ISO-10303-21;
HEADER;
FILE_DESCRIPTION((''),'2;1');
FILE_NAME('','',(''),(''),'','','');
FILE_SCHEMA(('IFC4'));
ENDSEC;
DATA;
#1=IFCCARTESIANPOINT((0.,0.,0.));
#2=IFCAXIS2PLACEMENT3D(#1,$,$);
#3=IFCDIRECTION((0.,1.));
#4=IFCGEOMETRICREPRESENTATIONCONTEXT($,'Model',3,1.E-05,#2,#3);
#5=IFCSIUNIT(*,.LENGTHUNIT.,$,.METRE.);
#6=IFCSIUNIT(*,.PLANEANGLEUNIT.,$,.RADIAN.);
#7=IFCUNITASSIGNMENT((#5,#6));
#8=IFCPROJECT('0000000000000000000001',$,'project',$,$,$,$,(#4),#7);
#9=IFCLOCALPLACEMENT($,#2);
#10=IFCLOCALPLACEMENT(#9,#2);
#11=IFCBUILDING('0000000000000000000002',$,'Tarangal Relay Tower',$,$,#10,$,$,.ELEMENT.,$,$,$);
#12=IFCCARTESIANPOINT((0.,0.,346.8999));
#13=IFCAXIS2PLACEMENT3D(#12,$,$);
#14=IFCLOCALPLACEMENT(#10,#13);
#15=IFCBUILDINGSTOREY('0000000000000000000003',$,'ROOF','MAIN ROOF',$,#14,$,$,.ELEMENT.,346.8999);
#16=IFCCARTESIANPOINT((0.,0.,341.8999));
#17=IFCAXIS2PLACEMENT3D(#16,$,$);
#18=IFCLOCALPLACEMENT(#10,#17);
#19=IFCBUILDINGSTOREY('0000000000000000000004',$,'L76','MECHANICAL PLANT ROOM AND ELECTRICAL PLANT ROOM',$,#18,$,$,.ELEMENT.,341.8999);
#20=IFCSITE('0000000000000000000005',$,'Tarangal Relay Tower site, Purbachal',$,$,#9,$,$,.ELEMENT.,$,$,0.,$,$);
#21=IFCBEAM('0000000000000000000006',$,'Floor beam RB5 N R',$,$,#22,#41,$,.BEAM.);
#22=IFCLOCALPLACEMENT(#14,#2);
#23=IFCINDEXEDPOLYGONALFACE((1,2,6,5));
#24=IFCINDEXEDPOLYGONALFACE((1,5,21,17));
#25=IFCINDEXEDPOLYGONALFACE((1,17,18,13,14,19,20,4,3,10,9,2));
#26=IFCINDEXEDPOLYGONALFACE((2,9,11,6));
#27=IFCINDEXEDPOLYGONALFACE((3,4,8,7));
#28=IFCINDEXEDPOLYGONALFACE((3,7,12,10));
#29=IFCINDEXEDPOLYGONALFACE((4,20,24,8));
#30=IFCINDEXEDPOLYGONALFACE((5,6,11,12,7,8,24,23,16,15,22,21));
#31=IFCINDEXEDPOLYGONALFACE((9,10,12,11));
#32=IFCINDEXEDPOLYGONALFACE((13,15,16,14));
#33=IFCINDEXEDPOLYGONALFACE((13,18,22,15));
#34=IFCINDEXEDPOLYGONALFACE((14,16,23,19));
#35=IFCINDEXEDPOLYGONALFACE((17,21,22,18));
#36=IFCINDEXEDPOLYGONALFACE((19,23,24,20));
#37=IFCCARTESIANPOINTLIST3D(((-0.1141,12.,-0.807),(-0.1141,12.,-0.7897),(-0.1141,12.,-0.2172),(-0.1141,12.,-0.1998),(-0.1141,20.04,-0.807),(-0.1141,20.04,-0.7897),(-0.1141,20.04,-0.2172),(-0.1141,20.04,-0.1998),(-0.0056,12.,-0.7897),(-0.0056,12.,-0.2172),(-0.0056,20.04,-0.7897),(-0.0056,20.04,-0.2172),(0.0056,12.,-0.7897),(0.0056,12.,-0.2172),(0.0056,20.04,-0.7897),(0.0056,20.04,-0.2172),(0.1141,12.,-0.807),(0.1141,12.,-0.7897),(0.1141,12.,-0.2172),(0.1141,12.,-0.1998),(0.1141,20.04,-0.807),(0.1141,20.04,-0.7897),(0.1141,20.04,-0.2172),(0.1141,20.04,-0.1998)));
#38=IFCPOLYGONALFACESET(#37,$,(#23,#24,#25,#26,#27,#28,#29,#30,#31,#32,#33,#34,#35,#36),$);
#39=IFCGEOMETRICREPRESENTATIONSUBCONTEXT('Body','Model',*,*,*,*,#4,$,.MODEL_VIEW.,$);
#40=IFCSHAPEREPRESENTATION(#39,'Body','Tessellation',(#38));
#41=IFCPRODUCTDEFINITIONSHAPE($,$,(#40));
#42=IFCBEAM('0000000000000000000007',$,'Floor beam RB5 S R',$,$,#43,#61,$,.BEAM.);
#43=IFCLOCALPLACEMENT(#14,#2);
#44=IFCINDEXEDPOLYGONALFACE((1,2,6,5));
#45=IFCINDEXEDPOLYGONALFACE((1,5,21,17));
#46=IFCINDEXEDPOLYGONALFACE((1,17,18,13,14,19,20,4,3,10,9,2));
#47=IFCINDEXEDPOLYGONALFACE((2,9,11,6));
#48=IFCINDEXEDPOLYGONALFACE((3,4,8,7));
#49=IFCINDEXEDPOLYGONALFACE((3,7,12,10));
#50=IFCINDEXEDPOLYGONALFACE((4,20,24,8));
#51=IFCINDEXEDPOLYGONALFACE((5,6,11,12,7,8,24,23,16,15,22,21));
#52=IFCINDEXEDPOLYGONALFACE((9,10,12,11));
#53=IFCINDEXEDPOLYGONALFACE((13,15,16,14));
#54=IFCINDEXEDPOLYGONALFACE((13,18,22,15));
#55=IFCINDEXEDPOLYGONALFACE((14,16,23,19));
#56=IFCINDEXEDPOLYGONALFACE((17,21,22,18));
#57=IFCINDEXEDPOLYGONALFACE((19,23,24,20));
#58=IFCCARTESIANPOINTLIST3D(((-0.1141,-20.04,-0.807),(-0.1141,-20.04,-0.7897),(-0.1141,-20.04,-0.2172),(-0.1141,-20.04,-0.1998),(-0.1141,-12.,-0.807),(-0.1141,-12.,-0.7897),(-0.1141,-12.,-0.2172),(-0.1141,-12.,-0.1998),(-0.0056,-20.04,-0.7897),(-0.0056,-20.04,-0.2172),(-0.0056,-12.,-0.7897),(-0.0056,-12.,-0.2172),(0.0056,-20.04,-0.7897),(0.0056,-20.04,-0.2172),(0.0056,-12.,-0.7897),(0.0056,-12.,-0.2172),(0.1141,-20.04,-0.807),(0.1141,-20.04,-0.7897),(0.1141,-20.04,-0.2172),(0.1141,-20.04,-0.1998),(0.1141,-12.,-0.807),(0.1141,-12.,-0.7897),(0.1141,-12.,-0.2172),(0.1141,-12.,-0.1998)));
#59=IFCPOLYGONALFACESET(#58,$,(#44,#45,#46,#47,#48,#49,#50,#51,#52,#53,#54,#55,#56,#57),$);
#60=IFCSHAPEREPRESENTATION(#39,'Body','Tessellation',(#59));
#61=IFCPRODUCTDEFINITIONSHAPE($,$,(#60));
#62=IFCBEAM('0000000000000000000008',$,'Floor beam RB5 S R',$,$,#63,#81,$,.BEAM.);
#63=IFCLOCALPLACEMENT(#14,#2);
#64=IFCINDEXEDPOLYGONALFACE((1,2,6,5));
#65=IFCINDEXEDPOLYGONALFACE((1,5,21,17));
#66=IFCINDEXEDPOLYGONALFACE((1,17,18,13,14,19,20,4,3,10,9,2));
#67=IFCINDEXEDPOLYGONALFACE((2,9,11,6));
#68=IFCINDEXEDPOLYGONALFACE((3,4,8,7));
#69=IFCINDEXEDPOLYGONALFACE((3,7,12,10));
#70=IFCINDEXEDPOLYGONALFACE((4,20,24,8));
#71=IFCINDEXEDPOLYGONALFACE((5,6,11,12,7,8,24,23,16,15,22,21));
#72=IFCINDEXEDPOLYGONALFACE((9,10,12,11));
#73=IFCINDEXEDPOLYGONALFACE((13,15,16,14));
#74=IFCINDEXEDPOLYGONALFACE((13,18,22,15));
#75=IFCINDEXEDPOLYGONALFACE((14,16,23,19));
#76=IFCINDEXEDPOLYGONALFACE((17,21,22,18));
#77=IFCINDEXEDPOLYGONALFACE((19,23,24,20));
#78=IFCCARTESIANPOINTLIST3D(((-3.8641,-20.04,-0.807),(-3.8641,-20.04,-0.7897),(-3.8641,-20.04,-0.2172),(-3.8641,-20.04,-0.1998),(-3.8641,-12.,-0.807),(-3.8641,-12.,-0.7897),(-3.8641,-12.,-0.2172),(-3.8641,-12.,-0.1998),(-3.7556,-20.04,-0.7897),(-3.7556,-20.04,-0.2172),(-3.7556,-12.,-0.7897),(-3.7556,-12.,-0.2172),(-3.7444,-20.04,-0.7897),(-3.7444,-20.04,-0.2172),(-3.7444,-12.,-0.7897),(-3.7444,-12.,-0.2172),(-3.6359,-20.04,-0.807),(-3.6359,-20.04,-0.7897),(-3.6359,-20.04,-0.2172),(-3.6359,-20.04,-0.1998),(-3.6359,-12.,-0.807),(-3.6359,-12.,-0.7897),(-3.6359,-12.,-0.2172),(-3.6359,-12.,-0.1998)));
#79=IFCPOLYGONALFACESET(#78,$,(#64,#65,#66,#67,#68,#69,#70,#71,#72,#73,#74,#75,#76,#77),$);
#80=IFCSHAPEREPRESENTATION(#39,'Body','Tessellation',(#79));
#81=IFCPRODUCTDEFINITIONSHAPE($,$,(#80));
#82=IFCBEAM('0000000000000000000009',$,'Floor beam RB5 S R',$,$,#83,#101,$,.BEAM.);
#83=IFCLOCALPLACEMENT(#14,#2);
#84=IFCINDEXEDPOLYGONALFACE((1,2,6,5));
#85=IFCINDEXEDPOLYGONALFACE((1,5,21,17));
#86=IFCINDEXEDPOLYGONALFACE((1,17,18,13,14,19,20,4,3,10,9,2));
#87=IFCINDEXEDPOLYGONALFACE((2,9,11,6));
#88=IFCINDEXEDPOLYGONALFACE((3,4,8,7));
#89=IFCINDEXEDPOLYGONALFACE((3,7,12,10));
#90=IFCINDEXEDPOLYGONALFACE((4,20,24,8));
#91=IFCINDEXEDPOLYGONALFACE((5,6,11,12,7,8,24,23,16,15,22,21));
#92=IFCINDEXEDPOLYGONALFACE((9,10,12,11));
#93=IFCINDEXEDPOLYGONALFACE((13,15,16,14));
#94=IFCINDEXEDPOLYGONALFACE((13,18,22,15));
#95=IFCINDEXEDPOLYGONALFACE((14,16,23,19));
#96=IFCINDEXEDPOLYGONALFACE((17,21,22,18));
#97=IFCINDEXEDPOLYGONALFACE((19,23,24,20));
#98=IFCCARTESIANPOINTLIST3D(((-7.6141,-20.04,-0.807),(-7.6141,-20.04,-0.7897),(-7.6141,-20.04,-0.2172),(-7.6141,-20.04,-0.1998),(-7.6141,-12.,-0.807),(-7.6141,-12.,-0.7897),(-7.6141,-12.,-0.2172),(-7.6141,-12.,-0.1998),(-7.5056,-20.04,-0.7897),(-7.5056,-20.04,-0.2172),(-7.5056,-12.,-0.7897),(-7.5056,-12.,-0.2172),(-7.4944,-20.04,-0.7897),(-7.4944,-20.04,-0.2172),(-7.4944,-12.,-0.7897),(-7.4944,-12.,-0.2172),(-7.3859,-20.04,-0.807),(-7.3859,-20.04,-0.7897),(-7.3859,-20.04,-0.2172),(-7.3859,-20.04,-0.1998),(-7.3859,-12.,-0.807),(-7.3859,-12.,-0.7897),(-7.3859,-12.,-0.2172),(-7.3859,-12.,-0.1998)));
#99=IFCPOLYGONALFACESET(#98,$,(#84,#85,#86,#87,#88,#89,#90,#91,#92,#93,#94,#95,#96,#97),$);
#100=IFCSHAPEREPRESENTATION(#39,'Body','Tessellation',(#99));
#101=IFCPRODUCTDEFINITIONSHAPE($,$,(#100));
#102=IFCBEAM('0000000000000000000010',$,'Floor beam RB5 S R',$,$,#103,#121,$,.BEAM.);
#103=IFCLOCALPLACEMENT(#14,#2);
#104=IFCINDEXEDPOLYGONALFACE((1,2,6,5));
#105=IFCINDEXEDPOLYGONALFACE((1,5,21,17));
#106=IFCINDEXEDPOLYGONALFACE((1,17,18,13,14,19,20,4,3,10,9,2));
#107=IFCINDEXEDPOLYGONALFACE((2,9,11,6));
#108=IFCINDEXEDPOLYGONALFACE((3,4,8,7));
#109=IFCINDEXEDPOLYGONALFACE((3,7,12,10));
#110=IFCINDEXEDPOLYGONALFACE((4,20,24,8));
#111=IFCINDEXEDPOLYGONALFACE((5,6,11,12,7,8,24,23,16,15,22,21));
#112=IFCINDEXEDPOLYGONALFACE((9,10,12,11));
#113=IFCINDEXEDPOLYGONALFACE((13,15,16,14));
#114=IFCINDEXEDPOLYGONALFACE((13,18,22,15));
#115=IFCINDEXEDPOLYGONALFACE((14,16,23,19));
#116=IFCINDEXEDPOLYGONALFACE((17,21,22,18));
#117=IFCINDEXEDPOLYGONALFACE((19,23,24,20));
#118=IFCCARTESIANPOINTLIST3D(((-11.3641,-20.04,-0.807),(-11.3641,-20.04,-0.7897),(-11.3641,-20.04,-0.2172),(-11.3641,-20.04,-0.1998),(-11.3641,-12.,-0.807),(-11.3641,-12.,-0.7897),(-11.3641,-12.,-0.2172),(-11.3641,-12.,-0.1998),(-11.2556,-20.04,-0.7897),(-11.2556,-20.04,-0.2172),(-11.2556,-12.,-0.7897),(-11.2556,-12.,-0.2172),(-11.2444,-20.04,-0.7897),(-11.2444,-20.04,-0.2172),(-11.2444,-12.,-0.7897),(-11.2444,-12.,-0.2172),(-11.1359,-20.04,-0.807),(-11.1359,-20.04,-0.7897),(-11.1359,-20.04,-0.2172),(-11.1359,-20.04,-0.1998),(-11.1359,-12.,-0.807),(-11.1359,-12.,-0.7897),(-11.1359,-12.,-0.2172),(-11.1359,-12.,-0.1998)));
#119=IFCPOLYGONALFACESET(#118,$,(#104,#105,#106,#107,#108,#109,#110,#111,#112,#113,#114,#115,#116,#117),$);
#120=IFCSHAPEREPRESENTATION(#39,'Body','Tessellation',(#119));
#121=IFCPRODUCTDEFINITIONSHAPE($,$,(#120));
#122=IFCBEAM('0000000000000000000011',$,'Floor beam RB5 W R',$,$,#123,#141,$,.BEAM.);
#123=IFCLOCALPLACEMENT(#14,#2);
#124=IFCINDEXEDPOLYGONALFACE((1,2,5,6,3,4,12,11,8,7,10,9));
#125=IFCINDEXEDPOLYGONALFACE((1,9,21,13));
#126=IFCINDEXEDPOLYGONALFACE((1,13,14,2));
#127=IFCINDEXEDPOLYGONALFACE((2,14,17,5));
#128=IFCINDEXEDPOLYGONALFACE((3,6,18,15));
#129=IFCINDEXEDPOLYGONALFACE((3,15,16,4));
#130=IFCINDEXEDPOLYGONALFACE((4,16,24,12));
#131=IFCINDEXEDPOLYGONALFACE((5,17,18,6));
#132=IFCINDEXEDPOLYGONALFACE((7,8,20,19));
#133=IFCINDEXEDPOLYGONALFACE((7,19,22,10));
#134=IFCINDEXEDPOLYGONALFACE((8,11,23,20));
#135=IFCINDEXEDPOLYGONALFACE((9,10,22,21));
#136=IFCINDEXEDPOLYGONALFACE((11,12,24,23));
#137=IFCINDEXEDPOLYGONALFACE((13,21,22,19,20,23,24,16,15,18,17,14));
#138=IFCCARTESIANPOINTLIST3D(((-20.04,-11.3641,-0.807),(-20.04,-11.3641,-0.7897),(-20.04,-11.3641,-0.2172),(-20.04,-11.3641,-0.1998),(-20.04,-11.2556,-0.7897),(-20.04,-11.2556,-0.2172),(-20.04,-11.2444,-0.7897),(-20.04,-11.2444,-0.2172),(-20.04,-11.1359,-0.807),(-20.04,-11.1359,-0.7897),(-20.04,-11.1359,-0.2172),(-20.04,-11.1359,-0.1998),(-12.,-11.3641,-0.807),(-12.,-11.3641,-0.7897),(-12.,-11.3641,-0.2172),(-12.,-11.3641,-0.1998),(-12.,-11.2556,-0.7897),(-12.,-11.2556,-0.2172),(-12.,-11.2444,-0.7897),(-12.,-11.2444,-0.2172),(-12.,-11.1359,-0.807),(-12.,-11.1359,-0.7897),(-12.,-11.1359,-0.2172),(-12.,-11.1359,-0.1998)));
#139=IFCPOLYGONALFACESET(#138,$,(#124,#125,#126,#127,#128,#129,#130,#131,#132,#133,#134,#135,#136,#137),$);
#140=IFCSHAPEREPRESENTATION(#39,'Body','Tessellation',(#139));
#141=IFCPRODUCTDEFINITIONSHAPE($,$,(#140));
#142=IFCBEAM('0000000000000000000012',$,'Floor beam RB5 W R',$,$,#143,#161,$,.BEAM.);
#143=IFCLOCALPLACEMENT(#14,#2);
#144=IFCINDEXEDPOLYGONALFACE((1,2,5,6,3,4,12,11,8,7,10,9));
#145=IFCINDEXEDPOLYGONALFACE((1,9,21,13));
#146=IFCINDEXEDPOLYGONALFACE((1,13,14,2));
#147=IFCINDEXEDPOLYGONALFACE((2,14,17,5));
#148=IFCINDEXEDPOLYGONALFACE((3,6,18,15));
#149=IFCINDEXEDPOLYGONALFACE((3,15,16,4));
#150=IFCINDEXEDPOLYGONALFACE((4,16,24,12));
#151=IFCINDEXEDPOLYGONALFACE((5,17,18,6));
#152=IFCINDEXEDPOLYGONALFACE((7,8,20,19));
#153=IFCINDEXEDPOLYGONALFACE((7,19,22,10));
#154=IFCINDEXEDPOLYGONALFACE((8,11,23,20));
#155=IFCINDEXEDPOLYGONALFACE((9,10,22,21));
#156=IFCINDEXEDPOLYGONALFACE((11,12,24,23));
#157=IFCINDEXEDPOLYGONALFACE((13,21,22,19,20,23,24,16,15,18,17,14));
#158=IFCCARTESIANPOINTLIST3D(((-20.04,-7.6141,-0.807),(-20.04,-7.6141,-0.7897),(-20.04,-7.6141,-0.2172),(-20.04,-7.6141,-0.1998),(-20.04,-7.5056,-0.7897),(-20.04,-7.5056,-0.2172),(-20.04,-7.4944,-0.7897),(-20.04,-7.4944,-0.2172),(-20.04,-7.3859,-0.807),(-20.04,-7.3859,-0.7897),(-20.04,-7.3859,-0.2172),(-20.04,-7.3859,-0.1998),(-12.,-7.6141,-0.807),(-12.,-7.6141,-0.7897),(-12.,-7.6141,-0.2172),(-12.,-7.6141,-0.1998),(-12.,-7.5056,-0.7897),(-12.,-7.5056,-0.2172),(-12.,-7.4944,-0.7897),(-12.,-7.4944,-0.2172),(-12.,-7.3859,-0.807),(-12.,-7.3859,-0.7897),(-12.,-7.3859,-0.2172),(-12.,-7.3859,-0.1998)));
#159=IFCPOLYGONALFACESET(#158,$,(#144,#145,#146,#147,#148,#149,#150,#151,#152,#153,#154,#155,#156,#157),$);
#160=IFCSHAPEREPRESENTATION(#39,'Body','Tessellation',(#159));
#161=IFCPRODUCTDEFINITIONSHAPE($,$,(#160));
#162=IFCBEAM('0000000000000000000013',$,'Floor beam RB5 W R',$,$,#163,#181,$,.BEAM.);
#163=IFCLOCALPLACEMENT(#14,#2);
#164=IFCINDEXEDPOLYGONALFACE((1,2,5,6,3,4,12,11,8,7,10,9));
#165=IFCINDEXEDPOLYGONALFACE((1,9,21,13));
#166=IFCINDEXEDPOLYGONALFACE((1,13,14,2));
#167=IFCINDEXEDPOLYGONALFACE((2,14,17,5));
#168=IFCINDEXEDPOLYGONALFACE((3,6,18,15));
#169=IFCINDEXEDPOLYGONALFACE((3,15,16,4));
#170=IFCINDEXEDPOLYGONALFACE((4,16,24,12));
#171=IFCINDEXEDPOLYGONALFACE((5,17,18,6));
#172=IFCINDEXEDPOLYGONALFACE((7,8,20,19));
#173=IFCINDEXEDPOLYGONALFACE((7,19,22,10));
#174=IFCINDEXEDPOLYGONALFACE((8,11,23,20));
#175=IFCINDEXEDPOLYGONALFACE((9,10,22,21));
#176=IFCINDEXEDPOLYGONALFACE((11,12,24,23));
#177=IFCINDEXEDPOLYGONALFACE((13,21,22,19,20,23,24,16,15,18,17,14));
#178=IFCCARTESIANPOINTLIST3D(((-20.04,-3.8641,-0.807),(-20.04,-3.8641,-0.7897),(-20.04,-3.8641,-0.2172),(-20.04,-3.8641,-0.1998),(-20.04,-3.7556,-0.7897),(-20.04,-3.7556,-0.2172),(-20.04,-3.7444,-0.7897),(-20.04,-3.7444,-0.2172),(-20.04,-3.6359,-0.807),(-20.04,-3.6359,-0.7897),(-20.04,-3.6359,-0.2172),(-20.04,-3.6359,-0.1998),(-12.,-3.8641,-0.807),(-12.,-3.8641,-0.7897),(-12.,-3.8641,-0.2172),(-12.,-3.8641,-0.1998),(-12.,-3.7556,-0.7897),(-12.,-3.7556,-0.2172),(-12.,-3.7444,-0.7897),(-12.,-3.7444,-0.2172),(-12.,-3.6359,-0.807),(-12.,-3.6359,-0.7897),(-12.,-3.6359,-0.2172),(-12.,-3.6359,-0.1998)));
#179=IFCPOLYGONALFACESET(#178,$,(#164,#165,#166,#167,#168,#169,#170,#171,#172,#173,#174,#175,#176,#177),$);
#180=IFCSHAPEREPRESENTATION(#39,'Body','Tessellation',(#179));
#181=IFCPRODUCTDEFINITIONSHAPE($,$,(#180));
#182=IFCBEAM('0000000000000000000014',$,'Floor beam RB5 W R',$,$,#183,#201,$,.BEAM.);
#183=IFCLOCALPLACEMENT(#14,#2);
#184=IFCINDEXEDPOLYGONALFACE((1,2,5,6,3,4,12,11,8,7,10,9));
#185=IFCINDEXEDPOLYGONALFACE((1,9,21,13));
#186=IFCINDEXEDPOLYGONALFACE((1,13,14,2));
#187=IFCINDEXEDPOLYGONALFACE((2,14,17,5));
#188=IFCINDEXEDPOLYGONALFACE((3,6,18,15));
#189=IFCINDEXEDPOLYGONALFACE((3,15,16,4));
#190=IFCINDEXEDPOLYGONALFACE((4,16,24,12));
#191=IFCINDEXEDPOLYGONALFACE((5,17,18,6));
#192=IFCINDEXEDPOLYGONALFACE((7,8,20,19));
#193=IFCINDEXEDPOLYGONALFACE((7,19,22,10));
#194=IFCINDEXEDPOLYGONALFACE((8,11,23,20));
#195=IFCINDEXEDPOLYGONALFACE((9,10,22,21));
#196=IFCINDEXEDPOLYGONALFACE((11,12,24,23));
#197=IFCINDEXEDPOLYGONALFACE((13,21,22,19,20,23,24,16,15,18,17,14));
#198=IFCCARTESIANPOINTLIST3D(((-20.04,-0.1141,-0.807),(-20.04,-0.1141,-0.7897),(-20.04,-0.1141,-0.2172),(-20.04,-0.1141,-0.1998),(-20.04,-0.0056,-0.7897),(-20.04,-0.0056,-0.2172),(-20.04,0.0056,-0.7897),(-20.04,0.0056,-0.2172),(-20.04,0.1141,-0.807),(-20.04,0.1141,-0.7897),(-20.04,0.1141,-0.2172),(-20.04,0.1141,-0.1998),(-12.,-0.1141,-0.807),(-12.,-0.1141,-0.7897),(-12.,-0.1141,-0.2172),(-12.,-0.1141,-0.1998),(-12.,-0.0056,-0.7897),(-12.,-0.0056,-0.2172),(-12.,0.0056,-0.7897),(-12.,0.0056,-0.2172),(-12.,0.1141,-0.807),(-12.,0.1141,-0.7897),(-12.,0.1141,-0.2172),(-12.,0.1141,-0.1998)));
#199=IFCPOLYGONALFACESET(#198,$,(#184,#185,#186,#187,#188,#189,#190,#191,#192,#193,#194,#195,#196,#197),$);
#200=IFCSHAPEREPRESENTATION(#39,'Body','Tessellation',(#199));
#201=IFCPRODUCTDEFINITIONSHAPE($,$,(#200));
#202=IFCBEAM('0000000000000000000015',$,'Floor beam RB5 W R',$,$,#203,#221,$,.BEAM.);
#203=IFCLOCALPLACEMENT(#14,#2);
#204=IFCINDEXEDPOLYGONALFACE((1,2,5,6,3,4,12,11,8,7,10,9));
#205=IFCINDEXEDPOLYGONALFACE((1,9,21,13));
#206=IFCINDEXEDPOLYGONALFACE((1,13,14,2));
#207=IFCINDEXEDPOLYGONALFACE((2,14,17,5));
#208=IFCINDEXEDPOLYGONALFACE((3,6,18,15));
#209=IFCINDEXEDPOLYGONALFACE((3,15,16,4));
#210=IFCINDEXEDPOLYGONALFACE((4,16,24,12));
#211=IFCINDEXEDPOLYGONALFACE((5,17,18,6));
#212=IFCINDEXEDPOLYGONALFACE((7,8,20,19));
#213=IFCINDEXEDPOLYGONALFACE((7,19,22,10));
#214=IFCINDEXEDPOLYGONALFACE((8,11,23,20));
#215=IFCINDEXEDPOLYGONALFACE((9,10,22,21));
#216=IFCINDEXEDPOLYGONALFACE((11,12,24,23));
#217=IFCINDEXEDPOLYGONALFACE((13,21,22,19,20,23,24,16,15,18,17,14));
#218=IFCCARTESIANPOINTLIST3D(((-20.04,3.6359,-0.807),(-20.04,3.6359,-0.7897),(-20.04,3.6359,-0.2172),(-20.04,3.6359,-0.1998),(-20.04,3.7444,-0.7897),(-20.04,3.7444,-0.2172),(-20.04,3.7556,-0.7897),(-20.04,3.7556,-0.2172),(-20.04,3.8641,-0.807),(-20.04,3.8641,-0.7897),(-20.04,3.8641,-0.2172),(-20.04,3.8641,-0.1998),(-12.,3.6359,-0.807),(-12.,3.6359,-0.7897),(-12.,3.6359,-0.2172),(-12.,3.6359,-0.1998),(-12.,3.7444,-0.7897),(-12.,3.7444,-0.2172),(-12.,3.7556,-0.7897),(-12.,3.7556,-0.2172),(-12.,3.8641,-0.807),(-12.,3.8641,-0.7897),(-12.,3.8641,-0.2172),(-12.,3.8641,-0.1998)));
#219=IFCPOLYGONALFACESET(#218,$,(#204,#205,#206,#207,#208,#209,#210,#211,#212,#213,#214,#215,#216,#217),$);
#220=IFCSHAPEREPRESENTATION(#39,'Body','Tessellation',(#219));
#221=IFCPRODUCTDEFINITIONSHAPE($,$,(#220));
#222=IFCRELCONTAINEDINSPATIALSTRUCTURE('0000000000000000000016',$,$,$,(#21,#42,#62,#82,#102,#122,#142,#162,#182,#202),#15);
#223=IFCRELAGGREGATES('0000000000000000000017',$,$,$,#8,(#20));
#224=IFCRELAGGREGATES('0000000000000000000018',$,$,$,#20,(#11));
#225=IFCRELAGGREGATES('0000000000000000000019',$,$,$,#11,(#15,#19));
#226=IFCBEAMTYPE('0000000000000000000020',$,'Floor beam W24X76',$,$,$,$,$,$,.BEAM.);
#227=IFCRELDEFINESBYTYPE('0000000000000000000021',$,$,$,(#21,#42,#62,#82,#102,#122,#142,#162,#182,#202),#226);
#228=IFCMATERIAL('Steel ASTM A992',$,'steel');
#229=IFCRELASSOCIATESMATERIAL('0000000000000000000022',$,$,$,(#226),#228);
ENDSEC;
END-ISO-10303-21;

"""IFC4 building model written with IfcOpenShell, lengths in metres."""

from ifc_helpers import new_model, si_unit, direction, frame, origin, origin_2d, place, context, subcontext, project, spatial, i_section, extrude, material, material_profile, profile_set, type_object, element, save


model = new_model("IFC4")

# Units and contexts
model_context = context("Model", 3, precision=1e-05, world=origin(), true_north=direction((0.0, 1.0)))
body_context = subcontext(model_context, "Body", "Model", "MODEL_VIEW")
ifc_project = project(units=[si_unit("LENGTHUNIT", "METRE"), si_unit("PLANEANGLEUNIT", "RADIAN")], contexts=[model_context])

# Site, building, storey
site_placement = place(None, origin())
site = spatial("IfcSite", under=ifc_project, at=site_placement, Name="Tarangal Relay Tower site, Purbachal", CompositionType="ELEMENT", RefElevation=0.0)
building_placement = place(site_placement, origin())
building = spatial("IfcBuilding", under=site, at=building_placement, Name="Tarangal Relay Tower", CompositionType="ELEMENT")
storey_1_placement = place(building_placement, frame((0.0, 0.0, 346.8999)))
storey_1 = spatial("IfcBuildingStorey", under=building, at=storey_1_placement, Name="ROOF", Description="MAIN ROOF", CompositionType="ELEMENT", Elevation=346.8999)

# Beams
ifc_material_1 = material(Name="Steel ASTM A992", Category="steel")
ifc_material_profile_1 = material_profile(ifc_material_1, i_section(OverallWidth=0.2283, OverallDepth=0.6072, WebThickness=0.0112, FlangeThickness=0.0173, at=origin_2d()), Name="W24X76")
ifc_profile_set_1 = profile_set([ifc_material_profile_1], Name="Steel ASTM A992")
beam_type_1 = type_object("IfcBeamType", Name="Floor beam W24X76", PredefinedType="BEAM", material=ifc_profile_set_1)
for number, where, z_axis, x_axis, name in (
    (1, (0.0, 12.0, -0.5034), (0.0, 1.0, 0.0), (-1.0, 0.0, 0.0), "Floor beam RB5 N R"),
    (2, (0.0, -12.0, -0.5034), (0.0, -1.0, 0.0), (1.0, 0.0, 0.0), "Floor beam RB5 S R"),
    (3, (-3.75, -12.0, -0.5034), (0.0, -1.0, 0.0), (1.0, 0.0, 0.0), "Floor beam RB5 S R"),
    (4, (-7.5, -12.0, -0.5034), (0.0, -1.0, 0.0), (1.0, 0.0, 0.0), "Floor beam RB5 S R"),
    (5, (-11.25, -12.0, -0.5034), (0.0, -1.0, 0.0), (1.0, 0.0, 0.0), "Floor beam RB5 S R"),
    (6, (-12.0, -11.25, -0.5034), (-1.0, 0.0, 0.0), (0.0, -1.0, 0.0), "Floor beam RB5 W R"),
    (7, (-12.0, -7.5, -0.5034), (-1.0, 0.0, 0.0), (0.0, -1.0, 0.0), "Floor beam RB5 W R"),
    (8, (-12.0, -3.75, -0.5034), (-1.0, 0.0, 0.0), (0.0, -1.0, 0.0), "Floor beam RB5 W R"),
    (9, (-12.0, 0.0, -0.5034), (-1.0, 0.0, 0.0), (0.0, -1.0, 0.0), "Floor beam RB5 W R"),
    (10, (-12.0, 3.75, -0.5034), (-1.0, 0.0, 0.0), (0.0, -1.0, 0.0), "Floor beam RB5 W R"),
):
    element("IfcBeam", number, at=place(storey_1_placement, frame(where, z_axis=z_axis, x_axis=x_axis)), inside=storey_1, type_object=beam_type_1, Name=name, PredefinedType="BEAM", context=body_context, shape_type="SweptSolid", body=[
        extrude(i_section(OverallWidth=0.2283, OverallDepth=0.6072, WebThickness=0.0112, FlangeThickness=0.0173, at=origin_2d()), origin(), (0.0, 0.0, 1.0), 8.04),
    ])

# Shared definitions
storey_2_placement = place(building_placement, frame((0.0, 0.0, 341.8999)))
storey_2 = spatial("IfcBuildingStorey", under=building, at=storey_2_placement, Name="L76", Description="MECHANICAL PLANT ROOM AND ELECTRICAL PLANT ROOM", CompositionType="ELEMENT", Elevation=341.8999)

save(model, "model.ifc")
